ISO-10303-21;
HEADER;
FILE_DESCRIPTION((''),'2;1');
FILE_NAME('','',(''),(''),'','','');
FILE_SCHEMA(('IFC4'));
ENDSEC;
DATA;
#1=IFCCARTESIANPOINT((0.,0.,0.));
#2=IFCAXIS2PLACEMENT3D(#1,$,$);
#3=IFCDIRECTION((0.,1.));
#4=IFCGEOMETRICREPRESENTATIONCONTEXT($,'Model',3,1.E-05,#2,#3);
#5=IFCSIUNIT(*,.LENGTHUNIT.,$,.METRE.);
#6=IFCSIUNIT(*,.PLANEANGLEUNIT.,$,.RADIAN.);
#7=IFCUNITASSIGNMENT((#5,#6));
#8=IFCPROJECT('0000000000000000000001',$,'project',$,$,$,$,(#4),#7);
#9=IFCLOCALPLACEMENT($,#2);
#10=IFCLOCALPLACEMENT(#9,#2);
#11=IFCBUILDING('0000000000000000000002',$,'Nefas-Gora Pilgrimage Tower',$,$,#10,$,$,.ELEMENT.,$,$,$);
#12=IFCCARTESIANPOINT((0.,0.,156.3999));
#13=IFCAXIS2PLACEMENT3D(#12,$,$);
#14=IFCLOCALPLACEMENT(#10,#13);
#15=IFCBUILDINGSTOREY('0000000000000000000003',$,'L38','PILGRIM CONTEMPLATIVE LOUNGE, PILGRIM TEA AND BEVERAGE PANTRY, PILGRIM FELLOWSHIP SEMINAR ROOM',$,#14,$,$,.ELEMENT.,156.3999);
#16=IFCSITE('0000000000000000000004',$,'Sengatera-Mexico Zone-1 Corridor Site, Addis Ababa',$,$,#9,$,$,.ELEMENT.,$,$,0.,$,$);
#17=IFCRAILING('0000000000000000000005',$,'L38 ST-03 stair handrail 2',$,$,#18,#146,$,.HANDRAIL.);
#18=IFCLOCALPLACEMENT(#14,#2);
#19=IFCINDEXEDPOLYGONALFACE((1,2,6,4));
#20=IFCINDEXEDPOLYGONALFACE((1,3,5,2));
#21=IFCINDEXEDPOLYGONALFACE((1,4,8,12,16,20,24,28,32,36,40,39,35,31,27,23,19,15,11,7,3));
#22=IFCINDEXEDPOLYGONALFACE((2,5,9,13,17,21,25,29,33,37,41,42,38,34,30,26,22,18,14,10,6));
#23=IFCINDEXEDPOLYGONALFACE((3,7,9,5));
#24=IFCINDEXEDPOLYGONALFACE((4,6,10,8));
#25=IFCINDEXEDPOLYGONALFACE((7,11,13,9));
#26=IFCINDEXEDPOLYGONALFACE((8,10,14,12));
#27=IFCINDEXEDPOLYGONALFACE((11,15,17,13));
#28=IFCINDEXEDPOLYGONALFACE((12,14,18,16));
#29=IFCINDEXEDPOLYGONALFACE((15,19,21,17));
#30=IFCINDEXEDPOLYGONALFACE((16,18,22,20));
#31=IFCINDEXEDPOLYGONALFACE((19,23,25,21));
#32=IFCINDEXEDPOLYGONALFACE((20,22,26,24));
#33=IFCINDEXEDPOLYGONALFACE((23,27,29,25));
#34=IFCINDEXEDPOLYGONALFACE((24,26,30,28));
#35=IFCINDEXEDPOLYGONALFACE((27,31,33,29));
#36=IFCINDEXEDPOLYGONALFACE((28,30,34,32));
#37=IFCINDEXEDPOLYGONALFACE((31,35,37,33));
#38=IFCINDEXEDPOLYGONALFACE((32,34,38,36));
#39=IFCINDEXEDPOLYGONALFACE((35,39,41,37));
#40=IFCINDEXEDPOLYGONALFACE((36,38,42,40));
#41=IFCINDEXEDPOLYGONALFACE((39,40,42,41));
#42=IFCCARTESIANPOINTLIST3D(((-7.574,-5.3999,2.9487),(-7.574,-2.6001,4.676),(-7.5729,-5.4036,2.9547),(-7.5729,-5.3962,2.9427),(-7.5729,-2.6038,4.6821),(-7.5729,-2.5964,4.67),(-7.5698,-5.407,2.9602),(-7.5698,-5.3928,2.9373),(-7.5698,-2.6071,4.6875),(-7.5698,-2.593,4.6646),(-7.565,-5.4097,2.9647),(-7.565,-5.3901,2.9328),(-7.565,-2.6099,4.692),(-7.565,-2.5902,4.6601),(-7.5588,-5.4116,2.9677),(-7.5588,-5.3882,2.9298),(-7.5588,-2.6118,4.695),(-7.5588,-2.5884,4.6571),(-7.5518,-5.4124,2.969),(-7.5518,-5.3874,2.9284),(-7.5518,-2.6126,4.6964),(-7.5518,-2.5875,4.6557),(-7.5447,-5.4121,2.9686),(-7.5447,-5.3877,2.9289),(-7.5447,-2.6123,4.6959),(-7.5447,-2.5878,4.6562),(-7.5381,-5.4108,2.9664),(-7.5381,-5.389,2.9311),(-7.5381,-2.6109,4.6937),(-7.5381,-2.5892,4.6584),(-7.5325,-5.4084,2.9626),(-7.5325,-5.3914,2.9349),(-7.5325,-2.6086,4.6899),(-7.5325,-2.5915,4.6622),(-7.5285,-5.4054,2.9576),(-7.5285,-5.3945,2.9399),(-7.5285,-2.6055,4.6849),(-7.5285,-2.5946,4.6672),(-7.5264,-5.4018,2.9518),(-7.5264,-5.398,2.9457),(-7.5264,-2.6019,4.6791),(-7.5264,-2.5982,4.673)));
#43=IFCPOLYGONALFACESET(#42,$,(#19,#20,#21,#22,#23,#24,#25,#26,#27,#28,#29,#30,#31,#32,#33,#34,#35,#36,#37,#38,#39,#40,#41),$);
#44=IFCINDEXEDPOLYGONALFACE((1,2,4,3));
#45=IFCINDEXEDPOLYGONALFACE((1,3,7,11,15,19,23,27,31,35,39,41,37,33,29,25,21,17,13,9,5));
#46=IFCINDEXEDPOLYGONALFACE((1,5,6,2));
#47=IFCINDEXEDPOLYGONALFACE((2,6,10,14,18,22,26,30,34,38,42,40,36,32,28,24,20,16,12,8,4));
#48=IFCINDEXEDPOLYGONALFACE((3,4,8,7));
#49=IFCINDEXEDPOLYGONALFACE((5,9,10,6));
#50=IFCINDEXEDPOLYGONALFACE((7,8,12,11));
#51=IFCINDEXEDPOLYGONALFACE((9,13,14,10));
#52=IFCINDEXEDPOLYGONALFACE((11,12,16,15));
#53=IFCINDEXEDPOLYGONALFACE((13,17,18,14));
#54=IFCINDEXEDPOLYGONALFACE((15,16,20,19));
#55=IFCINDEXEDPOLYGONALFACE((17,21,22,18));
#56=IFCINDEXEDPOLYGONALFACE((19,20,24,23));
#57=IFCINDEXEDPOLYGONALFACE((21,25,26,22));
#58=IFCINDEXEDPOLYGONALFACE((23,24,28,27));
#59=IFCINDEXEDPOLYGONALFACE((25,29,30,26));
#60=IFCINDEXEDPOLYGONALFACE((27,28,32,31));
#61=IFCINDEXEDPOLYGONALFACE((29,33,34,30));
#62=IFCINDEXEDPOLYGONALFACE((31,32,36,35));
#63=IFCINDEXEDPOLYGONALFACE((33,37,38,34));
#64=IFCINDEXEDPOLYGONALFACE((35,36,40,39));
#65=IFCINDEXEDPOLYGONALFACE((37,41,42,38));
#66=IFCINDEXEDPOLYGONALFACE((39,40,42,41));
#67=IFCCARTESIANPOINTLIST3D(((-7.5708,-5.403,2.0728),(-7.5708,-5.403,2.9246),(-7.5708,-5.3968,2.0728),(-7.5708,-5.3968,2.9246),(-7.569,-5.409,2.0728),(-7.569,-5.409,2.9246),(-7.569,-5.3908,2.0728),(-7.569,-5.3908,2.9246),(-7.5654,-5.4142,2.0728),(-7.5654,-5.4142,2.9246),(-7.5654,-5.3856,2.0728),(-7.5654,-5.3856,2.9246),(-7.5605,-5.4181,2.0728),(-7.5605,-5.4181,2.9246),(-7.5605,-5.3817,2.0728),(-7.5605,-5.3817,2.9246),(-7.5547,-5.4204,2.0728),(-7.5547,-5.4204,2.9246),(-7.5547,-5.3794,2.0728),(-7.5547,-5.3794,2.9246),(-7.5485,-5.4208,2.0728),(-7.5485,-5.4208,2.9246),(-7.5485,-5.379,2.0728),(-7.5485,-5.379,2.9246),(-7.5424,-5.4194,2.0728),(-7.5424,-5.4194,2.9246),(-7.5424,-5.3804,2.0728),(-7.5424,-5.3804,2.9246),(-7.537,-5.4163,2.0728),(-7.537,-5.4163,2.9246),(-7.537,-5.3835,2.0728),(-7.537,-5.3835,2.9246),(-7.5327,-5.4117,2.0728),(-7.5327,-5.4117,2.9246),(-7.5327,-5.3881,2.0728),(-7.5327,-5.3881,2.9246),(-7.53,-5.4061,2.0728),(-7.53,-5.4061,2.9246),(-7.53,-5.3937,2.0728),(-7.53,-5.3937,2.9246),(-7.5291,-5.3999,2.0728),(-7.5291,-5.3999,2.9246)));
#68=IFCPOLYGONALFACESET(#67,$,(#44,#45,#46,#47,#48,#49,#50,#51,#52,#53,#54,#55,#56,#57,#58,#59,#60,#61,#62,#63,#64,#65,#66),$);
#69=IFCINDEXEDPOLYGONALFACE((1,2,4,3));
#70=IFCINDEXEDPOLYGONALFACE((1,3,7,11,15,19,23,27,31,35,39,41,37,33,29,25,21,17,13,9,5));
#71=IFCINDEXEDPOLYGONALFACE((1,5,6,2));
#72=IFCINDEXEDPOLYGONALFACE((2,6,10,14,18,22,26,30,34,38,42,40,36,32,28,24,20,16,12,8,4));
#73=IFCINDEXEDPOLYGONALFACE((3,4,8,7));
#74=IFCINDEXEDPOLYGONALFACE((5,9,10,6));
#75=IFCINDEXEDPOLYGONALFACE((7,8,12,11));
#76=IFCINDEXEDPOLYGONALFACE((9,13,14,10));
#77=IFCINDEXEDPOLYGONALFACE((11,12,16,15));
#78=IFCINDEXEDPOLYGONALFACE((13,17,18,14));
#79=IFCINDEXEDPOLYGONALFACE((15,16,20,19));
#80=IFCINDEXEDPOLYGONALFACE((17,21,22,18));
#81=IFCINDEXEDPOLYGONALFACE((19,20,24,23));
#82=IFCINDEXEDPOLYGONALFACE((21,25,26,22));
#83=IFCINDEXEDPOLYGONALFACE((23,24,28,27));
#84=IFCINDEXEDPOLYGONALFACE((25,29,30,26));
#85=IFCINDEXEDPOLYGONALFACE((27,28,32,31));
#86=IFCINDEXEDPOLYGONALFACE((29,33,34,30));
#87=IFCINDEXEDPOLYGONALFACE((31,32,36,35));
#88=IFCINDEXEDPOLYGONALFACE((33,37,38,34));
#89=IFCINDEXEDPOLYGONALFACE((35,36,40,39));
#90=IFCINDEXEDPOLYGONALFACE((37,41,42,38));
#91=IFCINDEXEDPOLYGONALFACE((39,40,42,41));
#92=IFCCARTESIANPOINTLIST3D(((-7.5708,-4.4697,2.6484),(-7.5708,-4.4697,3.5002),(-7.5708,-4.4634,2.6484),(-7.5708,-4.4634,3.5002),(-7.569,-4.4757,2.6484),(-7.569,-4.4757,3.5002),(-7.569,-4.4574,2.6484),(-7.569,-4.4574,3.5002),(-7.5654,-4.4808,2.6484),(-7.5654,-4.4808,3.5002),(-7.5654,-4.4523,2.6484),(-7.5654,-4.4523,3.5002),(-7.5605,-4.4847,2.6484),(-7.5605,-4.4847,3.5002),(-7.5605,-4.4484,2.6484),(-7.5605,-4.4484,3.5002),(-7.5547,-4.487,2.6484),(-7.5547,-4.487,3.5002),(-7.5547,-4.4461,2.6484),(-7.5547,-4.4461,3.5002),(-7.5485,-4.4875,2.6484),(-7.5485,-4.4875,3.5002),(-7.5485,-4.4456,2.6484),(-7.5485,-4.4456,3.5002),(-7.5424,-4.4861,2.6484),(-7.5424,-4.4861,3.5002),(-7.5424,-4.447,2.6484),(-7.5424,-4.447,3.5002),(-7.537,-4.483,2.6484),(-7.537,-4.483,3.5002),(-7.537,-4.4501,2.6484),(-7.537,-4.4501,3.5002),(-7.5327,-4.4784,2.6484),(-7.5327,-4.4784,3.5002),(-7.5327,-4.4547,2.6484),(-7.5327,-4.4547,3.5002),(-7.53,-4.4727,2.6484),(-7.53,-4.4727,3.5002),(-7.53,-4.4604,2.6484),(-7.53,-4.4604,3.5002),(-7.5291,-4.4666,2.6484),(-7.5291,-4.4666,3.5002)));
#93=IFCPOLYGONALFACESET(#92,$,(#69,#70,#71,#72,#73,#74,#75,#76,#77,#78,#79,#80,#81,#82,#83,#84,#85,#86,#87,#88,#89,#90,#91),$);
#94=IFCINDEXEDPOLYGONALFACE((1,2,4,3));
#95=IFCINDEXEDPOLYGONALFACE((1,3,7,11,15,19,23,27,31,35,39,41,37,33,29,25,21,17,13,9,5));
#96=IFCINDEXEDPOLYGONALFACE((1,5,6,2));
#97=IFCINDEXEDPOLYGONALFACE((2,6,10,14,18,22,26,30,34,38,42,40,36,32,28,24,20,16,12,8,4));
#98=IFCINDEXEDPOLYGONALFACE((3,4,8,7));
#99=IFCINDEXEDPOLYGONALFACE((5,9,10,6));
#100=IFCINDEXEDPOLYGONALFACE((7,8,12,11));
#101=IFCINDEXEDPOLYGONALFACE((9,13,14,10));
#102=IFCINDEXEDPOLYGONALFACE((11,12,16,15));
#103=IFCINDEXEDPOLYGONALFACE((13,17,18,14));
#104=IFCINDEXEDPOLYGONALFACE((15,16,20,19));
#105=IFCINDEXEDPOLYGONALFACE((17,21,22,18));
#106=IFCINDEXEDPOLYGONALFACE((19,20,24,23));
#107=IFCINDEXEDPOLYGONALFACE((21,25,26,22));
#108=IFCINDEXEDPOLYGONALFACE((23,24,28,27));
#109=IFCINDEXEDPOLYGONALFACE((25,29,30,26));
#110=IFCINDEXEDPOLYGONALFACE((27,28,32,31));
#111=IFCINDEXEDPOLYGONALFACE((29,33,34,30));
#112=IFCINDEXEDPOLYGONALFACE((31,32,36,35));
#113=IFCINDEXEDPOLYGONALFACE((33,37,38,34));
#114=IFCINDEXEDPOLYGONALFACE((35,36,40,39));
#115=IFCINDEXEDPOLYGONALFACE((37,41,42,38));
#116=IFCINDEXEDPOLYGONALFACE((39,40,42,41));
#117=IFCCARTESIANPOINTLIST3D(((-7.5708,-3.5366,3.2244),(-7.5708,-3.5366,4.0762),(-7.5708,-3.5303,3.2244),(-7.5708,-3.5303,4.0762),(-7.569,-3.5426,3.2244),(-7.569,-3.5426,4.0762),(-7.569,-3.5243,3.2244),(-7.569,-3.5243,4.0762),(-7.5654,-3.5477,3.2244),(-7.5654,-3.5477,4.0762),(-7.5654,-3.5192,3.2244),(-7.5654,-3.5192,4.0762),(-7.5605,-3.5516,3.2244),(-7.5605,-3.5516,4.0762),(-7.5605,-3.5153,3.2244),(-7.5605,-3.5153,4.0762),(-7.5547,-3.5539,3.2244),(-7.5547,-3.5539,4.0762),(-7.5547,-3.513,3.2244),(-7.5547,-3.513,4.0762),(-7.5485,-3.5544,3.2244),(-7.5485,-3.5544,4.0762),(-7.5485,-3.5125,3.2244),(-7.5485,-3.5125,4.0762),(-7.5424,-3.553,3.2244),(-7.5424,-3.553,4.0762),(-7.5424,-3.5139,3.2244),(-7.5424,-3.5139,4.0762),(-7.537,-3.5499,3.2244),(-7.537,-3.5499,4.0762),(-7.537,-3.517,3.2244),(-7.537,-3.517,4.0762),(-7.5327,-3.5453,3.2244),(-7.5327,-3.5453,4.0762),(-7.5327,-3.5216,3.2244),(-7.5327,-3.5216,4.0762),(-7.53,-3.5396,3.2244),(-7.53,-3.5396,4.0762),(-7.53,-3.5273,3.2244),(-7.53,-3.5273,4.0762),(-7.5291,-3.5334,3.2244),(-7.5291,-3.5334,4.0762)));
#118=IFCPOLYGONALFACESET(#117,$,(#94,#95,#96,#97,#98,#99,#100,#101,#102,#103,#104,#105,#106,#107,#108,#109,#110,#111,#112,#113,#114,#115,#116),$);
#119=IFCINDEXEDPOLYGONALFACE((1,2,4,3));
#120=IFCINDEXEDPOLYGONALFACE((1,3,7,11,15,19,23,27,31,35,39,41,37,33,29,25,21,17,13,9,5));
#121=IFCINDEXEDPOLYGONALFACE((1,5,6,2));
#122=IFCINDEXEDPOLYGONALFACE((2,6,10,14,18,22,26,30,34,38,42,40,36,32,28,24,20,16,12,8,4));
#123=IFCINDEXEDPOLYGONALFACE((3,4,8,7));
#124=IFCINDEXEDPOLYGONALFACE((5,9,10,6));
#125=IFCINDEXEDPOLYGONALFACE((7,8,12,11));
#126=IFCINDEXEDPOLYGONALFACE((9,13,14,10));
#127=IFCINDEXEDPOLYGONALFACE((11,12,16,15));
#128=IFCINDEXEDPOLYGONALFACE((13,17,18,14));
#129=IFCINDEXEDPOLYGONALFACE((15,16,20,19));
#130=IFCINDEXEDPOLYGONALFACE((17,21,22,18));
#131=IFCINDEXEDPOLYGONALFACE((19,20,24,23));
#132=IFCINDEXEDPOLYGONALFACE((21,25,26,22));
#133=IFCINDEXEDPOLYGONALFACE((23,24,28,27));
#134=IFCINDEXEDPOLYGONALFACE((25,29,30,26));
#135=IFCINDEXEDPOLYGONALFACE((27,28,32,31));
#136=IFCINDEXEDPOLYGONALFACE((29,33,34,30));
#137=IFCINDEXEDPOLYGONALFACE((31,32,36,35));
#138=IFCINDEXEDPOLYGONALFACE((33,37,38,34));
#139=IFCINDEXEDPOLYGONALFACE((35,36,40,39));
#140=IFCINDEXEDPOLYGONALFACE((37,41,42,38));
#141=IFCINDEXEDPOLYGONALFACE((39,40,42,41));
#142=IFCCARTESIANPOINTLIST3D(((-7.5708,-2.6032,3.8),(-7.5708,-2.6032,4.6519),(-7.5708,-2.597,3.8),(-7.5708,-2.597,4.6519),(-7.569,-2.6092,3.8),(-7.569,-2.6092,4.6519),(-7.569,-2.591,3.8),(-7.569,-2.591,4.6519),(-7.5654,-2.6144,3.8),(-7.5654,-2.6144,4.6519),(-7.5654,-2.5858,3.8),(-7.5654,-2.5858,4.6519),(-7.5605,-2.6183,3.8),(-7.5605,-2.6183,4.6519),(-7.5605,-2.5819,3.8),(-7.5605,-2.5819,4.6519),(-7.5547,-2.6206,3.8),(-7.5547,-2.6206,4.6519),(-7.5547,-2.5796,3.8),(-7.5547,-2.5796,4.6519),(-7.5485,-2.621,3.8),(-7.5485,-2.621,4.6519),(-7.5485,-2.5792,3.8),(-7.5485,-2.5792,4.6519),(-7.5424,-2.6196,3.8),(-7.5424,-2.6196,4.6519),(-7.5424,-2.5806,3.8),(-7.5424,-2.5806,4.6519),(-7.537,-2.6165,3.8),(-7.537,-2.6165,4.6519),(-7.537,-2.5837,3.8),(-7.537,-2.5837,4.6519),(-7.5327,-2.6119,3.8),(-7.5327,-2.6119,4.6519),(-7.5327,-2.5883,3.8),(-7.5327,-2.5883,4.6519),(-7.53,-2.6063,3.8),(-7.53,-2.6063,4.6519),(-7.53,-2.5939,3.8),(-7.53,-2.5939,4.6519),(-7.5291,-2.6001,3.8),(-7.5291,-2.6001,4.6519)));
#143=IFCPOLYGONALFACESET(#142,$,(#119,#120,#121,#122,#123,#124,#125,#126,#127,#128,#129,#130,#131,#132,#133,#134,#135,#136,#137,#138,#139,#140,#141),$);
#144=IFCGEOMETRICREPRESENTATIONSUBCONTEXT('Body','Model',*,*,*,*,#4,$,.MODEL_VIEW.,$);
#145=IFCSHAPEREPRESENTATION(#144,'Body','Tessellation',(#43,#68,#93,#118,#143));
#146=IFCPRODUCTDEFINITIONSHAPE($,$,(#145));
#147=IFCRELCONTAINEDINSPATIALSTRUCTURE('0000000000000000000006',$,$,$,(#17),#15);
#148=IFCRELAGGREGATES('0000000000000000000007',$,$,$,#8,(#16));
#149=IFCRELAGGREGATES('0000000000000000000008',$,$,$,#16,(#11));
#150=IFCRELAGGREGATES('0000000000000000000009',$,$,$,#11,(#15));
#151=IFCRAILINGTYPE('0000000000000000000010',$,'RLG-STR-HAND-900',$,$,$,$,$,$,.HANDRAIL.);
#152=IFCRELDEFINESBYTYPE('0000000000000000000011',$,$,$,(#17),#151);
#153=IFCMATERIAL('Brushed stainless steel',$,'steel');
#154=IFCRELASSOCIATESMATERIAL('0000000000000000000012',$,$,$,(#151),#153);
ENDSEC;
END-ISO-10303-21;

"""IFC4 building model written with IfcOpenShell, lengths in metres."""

from ifc_helpers import new_model, si_unit, direction, frame, origin, origin_2d, place, context, subcontext, project, spatial, circle, extrude, material, type_object, element, save


model = new_model("IFC4")

# Units and contexts
model_context = context("Model", 3, precision=1e-05, world=origin(), true_north=direction((0.0, 1.0)))
body_context = subcontext(model_context, "Body", "Model", "MODEL_VIEW")
ifc_project = project(units=[si_unit("LENGTHUNIT", "METRE"), si_unit("PLANEANGLEUNIT", "RADIAN")], contexts=[model_context])

# Site, building, storey
site_placement = place(None, origin())
site = spatial("IfcSite", under=ifc_project, at=site_placement, Name="Sengatera-Mexico Zone-1 Corridor Site, Addis Ababa", CompositionType="ELEMENT", RefElevation=0.0)
building_placement = place(site_placement, origin())
building = spatial("IfcBuilding", under=site, at=building_placement, Name="Nefas-Gora Pilgrimage Tower", CompositionType="ELEMENT")
storey_placement = place(building_placement, frame((0.0, 0.0, 156.3999)))
storey = spatial("IfcBuildingStorey", under=building, at=storey_placement, Name="L38", Description="PILGRIM CONTEMPLATIVE LOUNGE, PILGRIM TEA AND BEVERAGE PANTRY, PILGRIM FELLOWSHIP SEMINAR ROOM", CompositionType="ELEMENT", Elevation=156.3999)

# Railing
ifc_material_1 = material(Name="Brushed stainless steel", Category="steel")
railing_type_1 = type_object("IfcRailingType", Name="RLG-STR-HAND-900", PredefinedType="HANDRAIL", material=ifc_material_1)
railing_1_placement = place(storey_placement, frame((-7.55, -5.3999, 2.0728)))
element("IfcRailing", 1, at=railing_1_placement, inside=storey, type_object=railing_type_1, Name="L38 ST-03 stair handrail 2", PredefinedType="HANDRAIL", context=body_context, shape_type="SweptSolid", body=[
    extrude(circle(Radius=0.0239, at=origin_2d()), frame((0.0, 0.0, 0.876), z_axis=(0.0, 0.851069, 0.525054), x_axis=(-1.0, 0.0, 0.0)), (0.0, 0.0, 1.0), 3.2898),
    extrude(circle(Radius=0.021, at=origin_2d()), origin(), (0.0, 0.0, 1.0), 0.8518),
    extrude(circle(Radius=0.021, at=origin_2d()), frame((0.0, 0.9333, 0.5757)), (0.0, 0.0, 1.0), 0.8518),
    extrude(circle(Radius=0.021, at=origin_2d()), frame((0.0, 1.8665, 1.1516)), (0.0, 0.0, 1.0), 0.8518),
    extrude(circle(Radius=0.021, at=origin_2d()), frame((0.0, 2.7998, 1.7273)), (0.0, 0.0, 1.0), 0.8518),
])

save(model, "model.ifc")
